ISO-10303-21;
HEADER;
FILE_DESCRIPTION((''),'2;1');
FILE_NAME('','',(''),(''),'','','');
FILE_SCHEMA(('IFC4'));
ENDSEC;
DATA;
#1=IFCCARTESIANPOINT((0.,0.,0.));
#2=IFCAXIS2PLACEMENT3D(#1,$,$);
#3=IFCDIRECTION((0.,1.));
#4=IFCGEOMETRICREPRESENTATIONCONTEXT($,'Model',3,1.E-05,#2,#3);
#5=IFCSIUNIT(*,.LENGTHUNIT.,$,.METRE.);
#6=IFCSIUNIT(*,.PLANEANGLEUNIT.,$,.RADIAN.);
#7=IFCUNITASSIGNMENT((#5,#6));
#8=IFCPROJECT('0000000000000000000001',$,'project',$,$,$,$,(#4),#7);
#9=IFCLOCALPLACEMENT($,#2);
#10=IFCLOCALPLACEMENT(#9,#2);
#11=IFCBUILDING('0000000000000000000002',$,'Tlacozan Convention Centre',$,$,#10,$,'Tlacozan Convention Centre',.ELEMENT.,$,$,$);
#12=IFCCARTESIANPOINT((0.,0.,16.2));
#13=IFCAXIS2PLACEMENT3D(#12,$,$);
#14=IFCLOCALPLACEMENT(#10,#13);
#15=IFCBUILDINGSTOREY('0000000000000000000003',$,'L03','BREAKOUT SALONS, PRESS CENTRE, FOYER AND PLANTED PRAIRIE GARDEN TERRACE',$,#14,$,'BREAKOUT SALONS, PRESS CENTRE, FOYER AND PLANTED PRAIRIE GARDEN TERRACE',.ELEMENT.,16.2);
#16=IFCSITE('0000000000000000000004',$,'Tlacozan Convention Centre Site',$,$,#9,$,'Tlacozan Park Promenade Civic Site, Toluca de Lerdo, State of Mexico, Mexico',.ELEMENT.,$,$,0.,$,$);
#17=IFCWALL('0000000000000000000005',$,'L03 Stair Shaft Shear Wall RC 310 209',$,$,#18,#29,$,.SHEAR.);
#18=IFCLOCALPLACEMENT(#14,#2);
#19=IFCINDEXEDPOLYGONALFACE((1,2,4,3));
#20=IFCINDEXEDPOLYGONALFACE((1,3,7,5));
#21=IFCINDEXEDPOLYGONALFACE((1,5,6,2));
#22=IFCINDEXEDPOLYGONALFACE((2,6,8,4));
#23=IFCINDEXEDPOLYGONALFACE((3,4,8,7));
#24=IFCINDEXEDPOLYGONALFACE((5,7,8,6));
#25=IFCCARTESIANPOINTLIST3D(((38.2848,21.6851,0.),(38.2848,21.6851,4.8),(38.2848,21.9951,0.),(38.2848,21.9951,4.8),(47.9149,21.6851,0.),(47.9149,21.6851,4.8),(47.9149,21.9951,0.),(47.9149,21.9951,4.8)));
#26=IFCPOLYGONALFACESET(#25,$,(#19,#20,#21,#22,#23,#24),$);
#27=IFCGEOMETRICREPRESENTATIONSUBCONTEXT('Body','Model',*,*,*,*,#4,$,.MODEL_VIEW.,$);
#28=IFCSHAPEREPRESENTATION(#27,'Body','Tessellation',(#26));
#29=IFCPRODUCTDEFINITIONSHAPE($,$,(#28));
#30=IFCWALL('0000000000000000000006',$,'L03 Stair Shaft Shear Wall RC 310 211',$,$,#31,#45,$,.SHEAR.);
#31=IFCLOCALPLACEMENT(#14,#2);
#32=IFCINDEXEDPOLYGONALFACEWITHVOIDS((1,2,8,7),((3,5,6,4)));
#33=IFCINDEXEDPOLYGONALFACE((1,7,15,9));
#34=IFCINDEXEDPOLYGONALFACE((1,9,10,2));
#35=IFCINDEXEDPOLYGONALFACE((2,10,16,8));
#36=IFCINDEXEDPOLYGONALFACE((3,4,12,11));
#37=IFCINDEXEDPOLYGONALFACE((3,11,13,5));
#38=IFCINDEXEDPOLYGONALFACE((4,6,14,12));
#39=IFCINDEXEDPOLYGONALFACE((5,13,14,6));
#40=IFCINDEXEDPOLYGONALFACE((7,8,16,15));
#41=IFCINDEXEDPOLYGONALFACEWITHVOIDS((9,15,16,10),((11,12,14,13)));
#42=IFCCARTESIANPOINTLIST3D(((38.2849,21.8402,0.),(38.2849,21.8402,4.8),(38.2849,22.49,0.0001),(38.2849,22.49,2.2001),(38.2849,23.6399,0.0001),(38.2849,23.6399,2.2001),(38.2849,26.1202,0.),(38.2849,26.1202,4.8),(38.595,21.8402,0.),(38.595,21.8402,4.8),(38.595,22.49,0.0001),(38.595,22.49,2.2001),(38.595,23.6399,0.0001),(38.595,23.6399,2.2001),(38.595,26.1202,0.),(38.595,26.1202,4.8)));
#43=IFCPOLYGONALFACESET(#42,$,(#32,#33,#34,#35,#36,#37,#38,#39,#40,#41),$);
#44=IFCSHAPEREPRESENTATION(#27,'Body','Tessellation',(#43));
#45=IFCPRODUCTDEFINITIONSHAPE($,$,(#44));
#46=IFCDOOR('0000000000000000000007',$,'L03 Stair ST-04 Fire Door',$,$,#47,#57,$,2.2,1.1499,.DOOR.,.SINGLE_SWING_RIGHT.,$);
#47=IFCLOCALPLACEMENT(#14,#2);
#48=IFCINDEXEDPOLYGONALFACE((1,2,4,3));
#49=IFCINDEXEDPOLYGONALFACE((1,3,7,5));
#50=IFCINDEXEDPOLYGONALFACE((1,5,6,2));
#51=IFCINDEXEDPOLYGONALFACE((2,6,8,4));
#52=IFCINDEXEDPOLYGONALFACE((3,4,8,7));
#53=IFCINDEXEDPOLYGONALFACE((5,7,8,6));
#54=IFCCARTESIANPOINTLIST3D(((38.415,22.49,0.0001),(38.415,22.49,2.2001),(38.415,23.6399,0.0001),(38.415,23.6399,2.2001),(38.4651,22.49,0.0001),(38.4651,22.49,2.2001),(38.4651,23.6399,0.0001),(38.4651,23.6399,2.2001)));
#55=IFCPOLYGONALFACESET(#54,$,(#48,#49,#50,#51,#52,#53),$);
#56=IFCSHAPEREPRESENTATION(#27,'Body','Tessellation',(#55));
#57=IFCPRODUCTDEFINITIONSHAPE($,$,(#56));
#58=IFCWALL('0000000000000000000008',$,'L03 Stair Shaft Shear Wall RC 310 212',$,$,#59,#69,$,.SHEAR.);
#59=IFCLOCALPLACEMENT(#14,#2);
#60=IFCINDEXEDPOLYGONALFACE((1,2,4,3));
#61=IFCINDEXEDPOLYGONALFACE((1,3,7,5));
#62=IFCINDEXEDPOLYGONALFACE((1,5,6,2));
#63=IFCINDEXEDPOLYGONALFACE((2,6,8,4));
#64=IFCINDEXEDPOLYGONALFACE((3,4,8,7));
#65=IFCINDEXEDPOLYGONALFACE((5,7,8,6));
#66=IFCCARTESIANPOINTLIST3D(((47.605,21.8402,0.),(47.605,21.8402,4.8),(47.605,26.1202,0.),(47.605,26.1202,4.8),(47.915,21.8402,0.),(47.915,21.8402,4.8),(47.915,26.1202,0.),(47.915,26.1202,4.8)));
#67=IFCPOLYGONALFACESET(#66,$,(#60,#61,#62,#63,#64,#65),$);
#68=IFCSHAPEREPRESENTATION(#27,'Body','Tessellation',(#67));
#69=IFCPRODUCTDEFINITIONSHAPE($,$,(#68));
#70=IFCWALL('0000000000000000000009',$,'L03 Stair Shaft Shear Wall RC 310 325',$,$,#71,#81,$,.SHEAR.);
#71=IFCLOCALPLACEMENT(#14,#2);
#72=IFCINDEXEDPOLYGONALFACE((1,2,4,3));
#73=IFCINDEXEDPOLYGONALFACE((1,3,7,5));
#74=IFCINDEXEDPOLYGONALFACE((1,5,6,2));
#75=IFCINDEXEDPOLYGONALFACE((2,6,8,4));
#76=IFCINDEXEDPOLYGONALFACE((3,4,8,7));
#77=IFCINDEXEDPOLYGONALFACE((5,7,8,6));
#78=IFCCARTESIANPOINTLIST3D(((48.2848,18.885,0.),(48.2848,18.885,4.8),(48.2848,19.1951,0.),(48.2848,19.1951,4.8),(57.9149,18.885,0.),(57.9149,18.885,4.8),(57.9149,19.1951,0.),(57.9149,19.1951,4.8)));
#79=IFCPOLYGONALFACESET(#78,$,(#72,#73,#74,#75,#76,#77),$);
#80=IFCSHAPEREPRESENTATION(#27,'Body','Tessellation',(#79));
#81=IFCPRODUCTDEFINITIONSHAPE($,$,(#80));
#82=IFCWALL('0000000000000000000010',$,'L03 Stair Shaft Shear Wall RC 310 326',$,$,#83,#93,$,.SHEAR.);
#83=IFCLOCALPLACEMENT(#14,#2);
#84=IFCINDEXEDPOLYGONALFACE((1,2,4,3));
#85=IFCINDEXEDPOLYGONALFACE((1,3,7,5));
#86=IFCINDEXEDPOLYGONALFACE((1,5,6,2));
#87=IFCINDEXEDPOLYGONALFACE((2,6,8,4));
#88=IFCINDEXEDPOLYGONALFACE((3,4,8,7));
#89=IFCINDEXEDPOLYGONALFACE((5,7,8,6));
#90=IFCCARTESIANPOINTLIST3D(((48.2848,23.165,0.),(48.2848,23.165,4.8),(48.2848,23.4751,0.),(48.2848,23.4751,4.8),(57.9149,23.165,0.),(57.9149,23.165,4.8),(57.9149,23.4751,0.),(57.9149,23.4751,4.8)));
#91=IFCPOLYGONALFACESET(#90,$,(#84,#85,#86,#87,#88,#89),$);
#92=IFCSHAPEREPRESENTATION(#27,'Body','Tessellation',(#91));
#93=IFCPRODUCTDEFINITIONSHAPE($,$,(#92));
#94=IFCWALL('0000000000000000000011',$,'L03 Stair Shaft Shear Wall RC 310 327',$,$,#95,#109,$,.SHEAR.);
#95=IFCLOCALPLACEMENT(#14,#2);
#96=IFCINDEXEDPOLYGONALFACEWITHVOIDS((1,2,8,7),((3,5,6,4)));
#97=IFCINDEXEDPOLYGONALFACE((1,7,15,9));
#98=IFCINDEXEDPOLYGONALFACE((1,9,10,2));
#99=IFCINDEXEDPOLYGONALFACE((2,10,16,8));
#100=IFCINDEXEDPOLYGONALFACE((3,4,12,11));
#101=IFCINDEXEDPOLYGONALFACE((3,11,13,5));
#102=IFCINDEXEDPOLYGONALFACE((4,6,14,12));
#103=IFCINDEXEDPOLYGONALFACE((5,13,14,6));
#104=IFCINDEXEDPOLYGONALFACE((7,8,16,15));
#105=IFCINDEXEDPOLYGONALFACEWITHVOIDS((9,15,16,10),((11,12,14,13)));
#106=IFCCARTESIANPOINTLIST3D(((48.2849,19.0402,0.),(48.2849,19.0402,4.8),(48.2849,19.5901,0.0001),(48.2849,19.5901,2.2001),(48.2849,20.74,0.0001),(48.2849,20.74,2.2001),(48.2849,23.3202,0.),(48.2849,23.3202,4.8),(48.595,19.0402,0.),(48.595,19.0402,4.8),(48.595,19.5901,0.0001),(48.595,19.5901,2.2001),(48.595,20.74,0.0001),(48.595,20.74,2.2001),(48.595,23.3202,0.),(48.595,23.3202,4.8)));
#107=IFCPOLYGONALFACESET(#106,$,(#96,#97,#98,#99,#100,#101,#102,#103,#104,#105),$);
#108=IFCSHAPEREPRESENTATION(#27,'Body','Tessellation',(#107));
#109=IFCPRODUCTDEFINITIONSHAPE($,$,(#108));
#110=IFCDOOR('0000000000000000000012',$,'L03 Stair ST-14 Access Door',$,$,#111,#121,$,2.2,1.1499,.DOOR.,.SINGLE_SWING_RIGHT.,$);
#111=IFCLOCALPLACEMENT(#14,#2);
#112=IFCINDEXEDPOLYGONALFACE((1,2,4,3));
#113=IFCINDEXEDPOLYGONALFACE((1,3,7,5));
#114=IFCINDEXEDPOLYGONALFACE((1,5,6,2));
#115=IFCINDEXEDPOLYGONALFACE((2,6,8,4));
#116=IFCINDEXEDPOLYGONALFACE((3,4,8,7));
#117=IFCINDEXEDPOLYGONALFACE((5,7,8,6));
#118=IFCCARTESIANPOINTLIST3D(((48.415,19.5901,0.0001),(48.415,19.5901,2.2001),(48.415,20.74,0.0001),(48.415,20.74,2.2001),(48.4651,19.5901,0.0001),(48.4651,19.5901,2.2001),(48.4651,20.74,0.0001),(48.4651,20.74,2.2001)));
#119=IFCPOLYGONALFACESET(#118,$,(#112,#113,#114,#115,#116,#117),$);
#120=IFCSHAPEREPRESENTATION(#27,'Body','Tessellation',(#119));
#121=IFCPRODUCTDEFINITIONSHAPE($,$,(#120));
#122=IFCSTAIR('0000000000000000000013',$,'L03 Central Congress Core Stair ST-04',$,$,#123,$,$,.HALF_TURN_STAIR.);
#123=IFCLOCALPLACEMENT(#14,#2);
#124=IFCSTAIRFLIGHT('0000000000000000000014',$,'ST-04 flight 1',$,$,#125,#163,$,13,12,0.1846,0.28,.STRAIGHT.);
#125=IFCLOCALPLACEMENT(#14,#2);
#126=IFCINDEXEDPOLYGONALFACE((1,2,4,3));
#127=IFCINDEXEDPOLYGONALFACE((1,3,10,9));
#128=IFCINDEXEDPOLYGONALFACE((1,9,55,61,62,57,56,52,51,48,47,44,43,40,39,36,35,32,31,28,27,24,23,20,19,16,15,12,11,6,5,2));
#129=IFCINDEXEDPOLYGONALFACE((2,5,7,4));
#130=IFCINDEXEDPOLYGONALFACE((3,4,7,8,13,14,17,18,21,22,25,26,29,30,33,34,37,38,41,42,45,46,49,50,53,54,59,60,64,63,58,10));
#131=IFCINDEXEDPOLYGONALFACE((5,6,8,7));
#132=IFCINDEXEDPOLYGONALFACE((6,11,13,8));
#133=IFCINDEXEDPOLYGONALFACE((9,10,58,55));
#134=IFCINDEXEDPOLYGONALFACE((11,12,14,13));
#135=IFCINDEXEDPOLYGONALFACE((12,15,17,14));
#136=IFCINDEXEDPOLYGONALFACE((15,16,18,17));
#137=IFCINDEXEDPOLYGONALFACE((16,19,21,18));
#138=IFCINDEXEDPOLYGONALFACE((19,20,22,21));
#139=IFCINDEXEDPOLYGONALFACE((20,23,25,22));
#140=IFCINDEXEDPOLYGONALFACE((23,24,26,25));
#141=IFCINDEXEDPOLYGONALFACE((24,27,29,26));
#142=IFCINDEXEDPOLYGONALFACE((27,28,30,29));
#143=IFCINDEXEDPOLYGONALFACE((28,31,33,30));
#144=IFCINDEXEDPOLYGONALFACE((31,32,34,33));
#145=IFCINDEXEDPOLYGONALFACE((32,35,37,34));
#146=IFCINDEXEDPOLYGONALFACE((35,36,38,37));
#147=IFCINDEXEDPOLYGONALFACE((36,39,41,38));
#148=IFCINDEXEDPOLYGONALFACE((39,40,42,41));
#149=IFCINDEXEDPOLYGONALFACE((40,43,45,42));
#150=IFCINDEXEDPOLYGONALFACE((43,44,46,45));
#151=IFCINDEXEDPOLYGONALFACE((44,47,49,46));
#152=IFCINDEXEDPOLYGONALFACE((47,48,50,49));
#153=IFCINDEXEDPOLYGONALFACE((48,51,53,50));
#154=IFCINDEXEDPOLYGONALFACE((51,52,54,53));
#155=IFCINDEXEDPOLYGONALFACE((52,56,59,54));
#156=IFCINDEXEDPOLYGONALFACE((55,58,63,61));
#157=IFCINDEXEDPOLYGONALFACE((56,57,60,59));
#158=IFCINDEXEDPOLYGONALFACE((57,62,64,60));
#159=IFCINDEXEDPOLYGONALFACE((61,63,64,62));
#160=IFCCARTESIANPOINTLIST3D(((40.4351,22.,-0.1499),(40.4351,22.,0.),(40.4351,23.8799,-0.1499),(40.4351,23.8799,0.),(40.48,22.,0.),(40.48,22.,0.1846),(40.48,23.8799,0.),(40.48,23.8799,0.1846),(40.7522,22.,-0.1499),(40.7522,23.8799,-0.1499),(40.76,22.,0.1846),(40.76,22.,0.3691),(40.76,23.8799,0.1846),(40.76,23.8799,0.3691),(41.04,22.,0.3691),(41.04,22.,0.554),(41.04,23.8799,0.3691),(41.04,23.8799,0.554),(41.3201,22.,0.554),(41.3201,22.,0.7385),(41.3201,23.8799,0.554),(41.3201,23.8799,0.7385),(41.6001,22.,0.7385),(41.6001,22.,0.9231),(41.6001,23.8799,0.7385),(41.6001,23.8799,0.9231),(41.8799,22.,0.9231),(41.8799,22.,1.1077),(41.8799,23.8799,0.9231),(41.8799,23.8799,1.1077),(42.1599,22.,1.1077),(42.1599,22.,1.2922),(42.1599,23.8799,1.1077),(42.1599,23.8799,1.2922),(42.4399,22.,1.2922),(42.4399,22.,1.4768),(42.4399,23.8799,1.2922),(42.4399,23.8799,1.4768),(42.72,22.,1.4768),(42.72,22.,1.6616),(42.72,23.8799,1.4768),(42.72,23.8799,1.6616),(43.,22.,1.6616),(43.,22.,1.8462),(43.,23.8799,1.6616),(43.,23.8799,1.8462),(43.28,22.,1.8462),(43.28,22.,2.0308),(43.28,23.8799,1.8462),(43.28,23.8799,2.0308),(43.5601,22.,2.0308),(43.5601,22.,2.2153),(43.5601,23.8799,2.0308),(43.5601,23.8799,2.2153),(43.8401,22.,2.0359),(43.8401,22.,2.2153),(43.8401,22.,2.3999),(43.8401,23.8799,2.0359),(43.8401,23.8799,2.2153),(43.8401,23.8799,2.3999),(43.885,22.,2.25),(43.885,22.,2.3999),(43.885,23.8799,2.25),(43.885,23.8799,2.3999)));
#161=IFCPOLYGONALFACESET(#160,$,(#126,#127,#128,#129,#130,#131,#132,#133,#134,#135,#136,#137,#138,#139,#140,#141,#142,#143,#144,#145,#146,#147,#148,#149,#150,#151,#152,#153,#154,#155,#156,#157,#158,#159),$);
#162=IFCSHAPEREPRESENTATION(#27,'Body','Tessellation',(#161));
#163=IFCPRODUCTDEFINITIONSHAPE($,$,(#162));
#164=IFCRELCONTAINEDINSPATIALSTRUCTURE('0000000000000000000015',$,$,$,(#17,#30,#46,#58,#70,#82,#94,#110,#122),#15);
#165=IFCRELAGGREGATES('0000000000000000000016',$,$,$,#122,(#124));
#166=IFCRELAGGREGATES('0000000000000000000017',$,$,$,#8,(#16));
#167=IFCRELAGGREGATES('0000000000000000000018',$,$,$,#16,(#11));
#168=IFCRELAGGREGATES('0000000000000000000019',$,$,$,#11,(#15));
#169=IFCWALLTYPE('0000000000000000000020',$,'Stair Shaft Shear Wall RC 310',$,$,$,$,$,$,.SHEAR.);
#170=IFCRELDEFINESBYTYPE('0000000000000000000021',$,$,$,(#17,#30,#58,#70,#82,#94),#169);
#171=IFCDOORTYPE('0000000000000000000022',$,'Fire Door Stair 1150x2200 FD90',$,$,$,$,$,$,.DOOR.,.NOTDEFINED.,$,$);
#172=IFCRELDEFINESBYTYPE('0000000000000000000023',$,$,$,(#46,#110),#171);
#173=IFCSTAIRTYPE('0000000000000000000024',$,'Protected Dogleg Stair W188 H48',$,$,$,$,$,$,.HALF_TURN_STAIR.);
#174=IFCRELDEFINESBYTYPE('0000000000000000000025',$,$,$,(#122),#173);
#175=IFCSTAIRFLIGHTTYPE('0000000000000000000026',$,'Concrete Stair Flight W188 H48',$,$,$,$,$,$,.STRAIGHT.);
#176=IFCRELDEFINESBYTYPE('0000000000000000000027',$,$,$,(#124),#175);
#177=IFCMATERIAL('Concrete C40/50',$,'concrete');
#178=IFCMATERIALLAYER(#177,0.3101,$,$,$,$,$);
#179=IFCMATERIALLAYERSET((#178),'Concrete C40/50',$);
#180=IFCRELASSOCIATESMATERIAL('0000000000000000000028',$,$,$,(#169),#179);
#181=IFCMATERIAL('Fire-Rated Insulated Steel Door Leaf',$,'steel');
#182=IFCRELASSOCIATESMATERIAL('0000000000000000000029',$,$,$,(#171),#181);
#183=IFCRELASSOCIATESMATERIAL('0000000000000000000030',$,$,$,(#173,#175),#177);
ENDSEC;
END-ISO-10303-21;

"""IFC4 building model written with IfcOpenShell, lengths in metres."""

from ifc_helpers import new_model, si_unit, direction, frame, frame_2d, origin, place, context, subcontext, project, spatial, polyline, rectangle, outline, extrude, material, layer, layer_set, type_object, element, fill, aggregate, save


model = new_model("IFC4")

# Units and contexts
model_context = context("Model", 3, precision=1e-05, world=origin(), true_north=direction((0.0, 1.0)))
body_context = subcontext(model_context, "Body", "Model", "MODEL_VIEW")
ifc_project = project(units=[si_unit("LENGTHUNIT", "METRE"), si_unit("PLANEANGLEUNIT", "RADIAN")], contexts=[model_context])

# Site, building, storey
site_placement = place(None, origin())
site = spatial("IfcSite", under=ifc_project, at=site_placement, Name="Tlacozan Convention Centre Site", LongName="Tlacozan Park Promenade Civic Site, Toluca de Lerdo, State of Mexico, Mexico", CompositionType="ELEMENT", RefElevation=0.0)
building_placement = place(site_placement, origin())
building = spatial("IfcBuilding", under=site, at=building_placement, Name="Tlacozan Convention Centre", LongName="Tlacozan Convention Centre", CompositionType="ELEMENT")
storey_placement = place(building_placement, frame((0.0, 0.0, 16.2)))
storey = spatial("IfcBuildingStorey", under=building, at=storey_placement, Name="L03", Description="BREAKOUT SALONS, PRESS CENTRE, FOYER AND PLANTED PRAIRIE GARDEN TERRACE", LongName="BREAKOUT SALONS, PRESS CENTRE, FOYER AND PLANTED PRAIRIE GARDEN TERRACE", CompositionType="ELEMENT", Elevation=16.2)

# Shared definitions
ifc_material_1 = material(Name="Concrete C40/50", Category="concrete")

# Wall
ifc_layer = layer(ifc_material_1, 0.3101)
ifc_layer_set = layer_set([ifc_layer], Name="Concrete C40/50")
wall_type = type_object("IfcWallType", Name="Stair Shaft Shear Wall RC 310", PredefinedType="SHEAR", material=ifc_layer_set)
wall_1_placement = place(storey_placement, frame((38.2849, 21.8401, 0.0), z_axis=(0.0, 0.0, 1.0), x_axis=(1.0, 0.0, 0.0)))
element("IfcWall", 1, at=wall_1_placement, inside=storey, type_object=wall_type, Name="L03 Stair Shaft Shear Wall RC 310 209", PredefinedType="SHEAR", context=body_context, shape_type="SweptSolid", body=[
    extrude(rectangle(XDim=9.6301, YDim=0.3101, at=frame_2d((4.8149, 0.0))), origin(), (0.0, 0.0, 1.0), 4.8),
])

# Wall, opening, door
wall_2_placement = place(storey_placement, frame((38.4399, 21.8401, 0.0), z_axis=(0.0, 0.0, 1.0), x_axis=(0.0, 1.0, 0.0)))
wall_2 = element("IfcWall", 2, at=wall_2_placement, inside=storey, type_object=wall_type, Name="L03 Stair Shaft Shear Wall RC 310 211", PredefinedType="SHEAR", context=body_context, shape_type="SweptSolid", body=[
    extrude(rectangle(XDim=4.28, YDim=0.3101, at=frame_2d((2.1401, 0.0))), origin(), (0.0, 0.0, 1.0), 4.8),
])
opening_1_placement = place(wall_2_placement, frame((0.6499, 0.0, 0.0)))
opening_1 = element("IfcOpeningElement", 3, at=opening_1_placement, cuts=wall_2, PredefinedType="OPENING", context=body_context, shape_type="SweptSolid", body=[
    extrude(rectangle(XDim=1.1499, YDim=2.2, at=frame_2d((0.575, 1.1001))), frame((0.0, 0.165, 0.0), z_axis=(0.0, -1.0, 0.0), x_axis=(1.0, 0.0, 0.0)), (0.0, 0.0, 1.0), 0.3301),
])
ifc_material_2 = material(Name="Fire-Rated Insulated Steel Door Leaf", Category="steel")
door_type = type_object("IfcDoorType", Name="Fire Door Stair 1150x2200 FD90", OperationType="NOTDEFINED", PredefinedType="DOOR", material=ifc_material_2)
door_1_placement = place(opening_1_placement, origin())
door_1 = element("IfcDoor", 4, at=door_1_placement, inside=storey, type_object=door_type, Name="L03 Stair ST-04 Fire Door", OperationType="SINGLE_SWING_RIGHT", OverallHeight=2.2, OverallWidth=1.1499, PredefinedType="DOOR", context=body_context, shape_type="SweptSolid", body=[
    extrude(rectangle(XDim=1.1499, YDim=2.2, at=frame_2d((0.575, 1.1001))), frame((0.0, 0.0249, 0.0), z_axis=(0.0, -1.0, 0.0), x_axis=(1.0, 0.0, 0.0)), (0.0, 0.0, 1.0), 0.05),
])
fill(opening_1, door_1)

# Walls
wall_3_placement = place(storey_placement, frame((47.76, 21.8401, 0.0), z_axis=(0.0, 0.0, 1.0), x_axis=(0.0, 1.0, 0.0)))
element("IfcWall", 5, at=wall_3_placement, inside=storey, type_object=wall_type, Name="L03 Stair Shaft Shear Wall RC 310 212", PredefinedType="SHEAR", context=body_context, shape_type="SweptSolid", body=[
    extrude(rectangle(XDim=4.28, YDim=0.3101, at=frame_2d((2.1401, 0.0))), origin(), (0.0, 0.0, 1.0), 4.8),
])
for number, where, z_axis, x_axis, name in (
    (6, (48.2849, 19.04, 0.0), (0.0, 0.0, 1.0), (1.0, 0.0, 0.0), "L03 Stair Shaft Shear Wall RC 310 325"),
    (7, (48.2849, 23.3201, 0.0), (0.0, 0.0, 1.0), (1.0, 0.0, 0.0), "L03 Stair Shaft Shear Wall RC 310 326"),
):
    element("IfcWall", number, at=place(storey_placement, frame(where, z_axis=z_axis, x_axis=x_axis)), inside=storey, type_object=wall_type, Name=name, PredefinedType="SHEAR", context=body_context, shape_type="SweptSolid", body=[
        extrude(rectangle(XDim=9.6301, YDim=0.3101, at=frame_2d((4.8149, 0.0))), origin(), (0.0, 0.0, 1.0), 4.8),
    ])

# Wall, opening, door
wall_4_placement = place(storey_placement, frame((48.4399, 19.04, 0.0), z_axis=(0.0, 0.0, 1.0), x_axis=(0.0, 1.0, 0.0)))
wall_4 = element("IfcWall", 8, at=wall_4_placement, inside=storey, type_object=wall_type, Name="L03 Stair Shaft Shear Wall RC 310 327", PredefinedType="SHEAR", context=body_context, shape_type="SweptSolid", body=[
    extrude(rectangle(XDim=4.28, YDim=0.3101, at=frame_2d((2.1401, 0.0))), origin(), (0.0, 0.0, 1.0), 4.8),
])
opening_2_placement = place(wall_4_placement, frame((0.55, 0.0, 0.0)))
opening_2 = element("IfcOpeningElement", 9, at=opening_2_placement, cuts=wall_4, PredefinedType="OPENING", context=body_context, shape_type="SweptSolid", body=[
    extrude(rectangle(XDim=1.1499, YDim=2.2, at=frame_2d((0.575, 1.1001))), frame((0.0, 0.165, 0.0), z_axis=(0.0, -1.0, 0.0), x_axis=(1.0, 0.0, 0.0)), (0.0, 0.0, 1.0), 0.3301),
])
door_2_placement = place(opening_2_placement, origin())
door_2 = element("IfcDoor", 10, at=door_2_placement, inside=storey, type_object=door_type, Name="L03 Stair ST-14 Access Door", OperationType="SINGLE_SWING_RIGHT", OverallHeight=2.2, OverallWidth=1.1499, PredefinedType="DOOR", context=body_context, shape_type="SweptSolid", body=[
    extrude(rectangle(XDim=1.1499, YDim=2.2, at=frame_2d((0.575, 1.1001))), frame((0.0, 0.0249, 0.0), z_axis=(0.0, -1.0, 0.0), x_axis=(1.0, 0.0, 0.0)), (0.0, 0.0, 1.0), 0.05),
])
fill(opening_2, door_2)

# Stair, stair flight
stair_type = type_object("IfcStairType", Name="Protected Dogleg Stair W188 H48", PredefinedType="HALF_TURN_STAIR", material=ifc_material_1)
stair_1_placement = place(storey_placement, origin())
stair_1 = element("IfcStair", 11, at=stair_1_placement, inside=storey, type_object=stair_type, Name="L03 Central Congress Core Stair ST-04", PredefinedType="HALF_TURN_STAIR")
stair_flight_type = type_object("IfcStairFlightType", Name="Concrete Stair Flight W188 H48", PredefinedType="STRAIGHT", material=ifc_material_1)
stair_flight_1_placement = place(storey_placement, frame((40.48, 22.9399, 0.0), z_axis=(0.0, 0.0, 1.0), x_axis=(1.0, 0.0, 0.0)))
stair_flight_1 = element("IfcStairFlight", 12, at=stair_flight_1_placement, type_object=stair_flight_type, Name="ST-04 flight 1", NumberOfRisers=13, NumberOfTreads=12, PredefinedType="STRAIGHT", RiserHeight=0.1846, TreadLength=0.28, context=body_context, shape_type="SweptSolid", body=[
    extrude(outline(polyline([(-0.0449, -0.1499), (-0.0449, 0.0), (0.0, 0.0), (0.0, 0.1846), (0.28, 0.1846), (0.28, 0.3691), (0.5601, 0.3691), (0.5601, 0.554), (0.8401, 0.554), (0.8401, 0.7385), (1.1201, 0.7385), (1.1201, 0.9231), (1.3999, 0.9231), (1.3999, 1.1077), (1.6799, 1.1077), (1.6799, 1.2922), (1.96, 1.2922), (1.96, 1.4768), (2.24, 1.4768), (2.24, 1.6616), (2.52, 1.6616), (2.52, 1.8462), (2.8, 1.8462), (2.8, 2.0308), (3.0801, 2.0308), (3.0801, 2.2153), (3.3601, 2.2153), (3.3601, 2.3999), (3.405, 2.3999), (3.405, 2.25), (3.3601, 2.0359), (0.2722, -0.1499), (-0.0449, -0.1499)])), frame((0.0, 0.9399, 0.0), z_axis=(0.0, -1.0, 0.0), x_axis=(1.0, 0.0, 0.0)), (0.0, 0.0, 1.0), 1.8799),
])
aggregate(stair_1, [stair_flight_1])

save(model, "model.ifc")
